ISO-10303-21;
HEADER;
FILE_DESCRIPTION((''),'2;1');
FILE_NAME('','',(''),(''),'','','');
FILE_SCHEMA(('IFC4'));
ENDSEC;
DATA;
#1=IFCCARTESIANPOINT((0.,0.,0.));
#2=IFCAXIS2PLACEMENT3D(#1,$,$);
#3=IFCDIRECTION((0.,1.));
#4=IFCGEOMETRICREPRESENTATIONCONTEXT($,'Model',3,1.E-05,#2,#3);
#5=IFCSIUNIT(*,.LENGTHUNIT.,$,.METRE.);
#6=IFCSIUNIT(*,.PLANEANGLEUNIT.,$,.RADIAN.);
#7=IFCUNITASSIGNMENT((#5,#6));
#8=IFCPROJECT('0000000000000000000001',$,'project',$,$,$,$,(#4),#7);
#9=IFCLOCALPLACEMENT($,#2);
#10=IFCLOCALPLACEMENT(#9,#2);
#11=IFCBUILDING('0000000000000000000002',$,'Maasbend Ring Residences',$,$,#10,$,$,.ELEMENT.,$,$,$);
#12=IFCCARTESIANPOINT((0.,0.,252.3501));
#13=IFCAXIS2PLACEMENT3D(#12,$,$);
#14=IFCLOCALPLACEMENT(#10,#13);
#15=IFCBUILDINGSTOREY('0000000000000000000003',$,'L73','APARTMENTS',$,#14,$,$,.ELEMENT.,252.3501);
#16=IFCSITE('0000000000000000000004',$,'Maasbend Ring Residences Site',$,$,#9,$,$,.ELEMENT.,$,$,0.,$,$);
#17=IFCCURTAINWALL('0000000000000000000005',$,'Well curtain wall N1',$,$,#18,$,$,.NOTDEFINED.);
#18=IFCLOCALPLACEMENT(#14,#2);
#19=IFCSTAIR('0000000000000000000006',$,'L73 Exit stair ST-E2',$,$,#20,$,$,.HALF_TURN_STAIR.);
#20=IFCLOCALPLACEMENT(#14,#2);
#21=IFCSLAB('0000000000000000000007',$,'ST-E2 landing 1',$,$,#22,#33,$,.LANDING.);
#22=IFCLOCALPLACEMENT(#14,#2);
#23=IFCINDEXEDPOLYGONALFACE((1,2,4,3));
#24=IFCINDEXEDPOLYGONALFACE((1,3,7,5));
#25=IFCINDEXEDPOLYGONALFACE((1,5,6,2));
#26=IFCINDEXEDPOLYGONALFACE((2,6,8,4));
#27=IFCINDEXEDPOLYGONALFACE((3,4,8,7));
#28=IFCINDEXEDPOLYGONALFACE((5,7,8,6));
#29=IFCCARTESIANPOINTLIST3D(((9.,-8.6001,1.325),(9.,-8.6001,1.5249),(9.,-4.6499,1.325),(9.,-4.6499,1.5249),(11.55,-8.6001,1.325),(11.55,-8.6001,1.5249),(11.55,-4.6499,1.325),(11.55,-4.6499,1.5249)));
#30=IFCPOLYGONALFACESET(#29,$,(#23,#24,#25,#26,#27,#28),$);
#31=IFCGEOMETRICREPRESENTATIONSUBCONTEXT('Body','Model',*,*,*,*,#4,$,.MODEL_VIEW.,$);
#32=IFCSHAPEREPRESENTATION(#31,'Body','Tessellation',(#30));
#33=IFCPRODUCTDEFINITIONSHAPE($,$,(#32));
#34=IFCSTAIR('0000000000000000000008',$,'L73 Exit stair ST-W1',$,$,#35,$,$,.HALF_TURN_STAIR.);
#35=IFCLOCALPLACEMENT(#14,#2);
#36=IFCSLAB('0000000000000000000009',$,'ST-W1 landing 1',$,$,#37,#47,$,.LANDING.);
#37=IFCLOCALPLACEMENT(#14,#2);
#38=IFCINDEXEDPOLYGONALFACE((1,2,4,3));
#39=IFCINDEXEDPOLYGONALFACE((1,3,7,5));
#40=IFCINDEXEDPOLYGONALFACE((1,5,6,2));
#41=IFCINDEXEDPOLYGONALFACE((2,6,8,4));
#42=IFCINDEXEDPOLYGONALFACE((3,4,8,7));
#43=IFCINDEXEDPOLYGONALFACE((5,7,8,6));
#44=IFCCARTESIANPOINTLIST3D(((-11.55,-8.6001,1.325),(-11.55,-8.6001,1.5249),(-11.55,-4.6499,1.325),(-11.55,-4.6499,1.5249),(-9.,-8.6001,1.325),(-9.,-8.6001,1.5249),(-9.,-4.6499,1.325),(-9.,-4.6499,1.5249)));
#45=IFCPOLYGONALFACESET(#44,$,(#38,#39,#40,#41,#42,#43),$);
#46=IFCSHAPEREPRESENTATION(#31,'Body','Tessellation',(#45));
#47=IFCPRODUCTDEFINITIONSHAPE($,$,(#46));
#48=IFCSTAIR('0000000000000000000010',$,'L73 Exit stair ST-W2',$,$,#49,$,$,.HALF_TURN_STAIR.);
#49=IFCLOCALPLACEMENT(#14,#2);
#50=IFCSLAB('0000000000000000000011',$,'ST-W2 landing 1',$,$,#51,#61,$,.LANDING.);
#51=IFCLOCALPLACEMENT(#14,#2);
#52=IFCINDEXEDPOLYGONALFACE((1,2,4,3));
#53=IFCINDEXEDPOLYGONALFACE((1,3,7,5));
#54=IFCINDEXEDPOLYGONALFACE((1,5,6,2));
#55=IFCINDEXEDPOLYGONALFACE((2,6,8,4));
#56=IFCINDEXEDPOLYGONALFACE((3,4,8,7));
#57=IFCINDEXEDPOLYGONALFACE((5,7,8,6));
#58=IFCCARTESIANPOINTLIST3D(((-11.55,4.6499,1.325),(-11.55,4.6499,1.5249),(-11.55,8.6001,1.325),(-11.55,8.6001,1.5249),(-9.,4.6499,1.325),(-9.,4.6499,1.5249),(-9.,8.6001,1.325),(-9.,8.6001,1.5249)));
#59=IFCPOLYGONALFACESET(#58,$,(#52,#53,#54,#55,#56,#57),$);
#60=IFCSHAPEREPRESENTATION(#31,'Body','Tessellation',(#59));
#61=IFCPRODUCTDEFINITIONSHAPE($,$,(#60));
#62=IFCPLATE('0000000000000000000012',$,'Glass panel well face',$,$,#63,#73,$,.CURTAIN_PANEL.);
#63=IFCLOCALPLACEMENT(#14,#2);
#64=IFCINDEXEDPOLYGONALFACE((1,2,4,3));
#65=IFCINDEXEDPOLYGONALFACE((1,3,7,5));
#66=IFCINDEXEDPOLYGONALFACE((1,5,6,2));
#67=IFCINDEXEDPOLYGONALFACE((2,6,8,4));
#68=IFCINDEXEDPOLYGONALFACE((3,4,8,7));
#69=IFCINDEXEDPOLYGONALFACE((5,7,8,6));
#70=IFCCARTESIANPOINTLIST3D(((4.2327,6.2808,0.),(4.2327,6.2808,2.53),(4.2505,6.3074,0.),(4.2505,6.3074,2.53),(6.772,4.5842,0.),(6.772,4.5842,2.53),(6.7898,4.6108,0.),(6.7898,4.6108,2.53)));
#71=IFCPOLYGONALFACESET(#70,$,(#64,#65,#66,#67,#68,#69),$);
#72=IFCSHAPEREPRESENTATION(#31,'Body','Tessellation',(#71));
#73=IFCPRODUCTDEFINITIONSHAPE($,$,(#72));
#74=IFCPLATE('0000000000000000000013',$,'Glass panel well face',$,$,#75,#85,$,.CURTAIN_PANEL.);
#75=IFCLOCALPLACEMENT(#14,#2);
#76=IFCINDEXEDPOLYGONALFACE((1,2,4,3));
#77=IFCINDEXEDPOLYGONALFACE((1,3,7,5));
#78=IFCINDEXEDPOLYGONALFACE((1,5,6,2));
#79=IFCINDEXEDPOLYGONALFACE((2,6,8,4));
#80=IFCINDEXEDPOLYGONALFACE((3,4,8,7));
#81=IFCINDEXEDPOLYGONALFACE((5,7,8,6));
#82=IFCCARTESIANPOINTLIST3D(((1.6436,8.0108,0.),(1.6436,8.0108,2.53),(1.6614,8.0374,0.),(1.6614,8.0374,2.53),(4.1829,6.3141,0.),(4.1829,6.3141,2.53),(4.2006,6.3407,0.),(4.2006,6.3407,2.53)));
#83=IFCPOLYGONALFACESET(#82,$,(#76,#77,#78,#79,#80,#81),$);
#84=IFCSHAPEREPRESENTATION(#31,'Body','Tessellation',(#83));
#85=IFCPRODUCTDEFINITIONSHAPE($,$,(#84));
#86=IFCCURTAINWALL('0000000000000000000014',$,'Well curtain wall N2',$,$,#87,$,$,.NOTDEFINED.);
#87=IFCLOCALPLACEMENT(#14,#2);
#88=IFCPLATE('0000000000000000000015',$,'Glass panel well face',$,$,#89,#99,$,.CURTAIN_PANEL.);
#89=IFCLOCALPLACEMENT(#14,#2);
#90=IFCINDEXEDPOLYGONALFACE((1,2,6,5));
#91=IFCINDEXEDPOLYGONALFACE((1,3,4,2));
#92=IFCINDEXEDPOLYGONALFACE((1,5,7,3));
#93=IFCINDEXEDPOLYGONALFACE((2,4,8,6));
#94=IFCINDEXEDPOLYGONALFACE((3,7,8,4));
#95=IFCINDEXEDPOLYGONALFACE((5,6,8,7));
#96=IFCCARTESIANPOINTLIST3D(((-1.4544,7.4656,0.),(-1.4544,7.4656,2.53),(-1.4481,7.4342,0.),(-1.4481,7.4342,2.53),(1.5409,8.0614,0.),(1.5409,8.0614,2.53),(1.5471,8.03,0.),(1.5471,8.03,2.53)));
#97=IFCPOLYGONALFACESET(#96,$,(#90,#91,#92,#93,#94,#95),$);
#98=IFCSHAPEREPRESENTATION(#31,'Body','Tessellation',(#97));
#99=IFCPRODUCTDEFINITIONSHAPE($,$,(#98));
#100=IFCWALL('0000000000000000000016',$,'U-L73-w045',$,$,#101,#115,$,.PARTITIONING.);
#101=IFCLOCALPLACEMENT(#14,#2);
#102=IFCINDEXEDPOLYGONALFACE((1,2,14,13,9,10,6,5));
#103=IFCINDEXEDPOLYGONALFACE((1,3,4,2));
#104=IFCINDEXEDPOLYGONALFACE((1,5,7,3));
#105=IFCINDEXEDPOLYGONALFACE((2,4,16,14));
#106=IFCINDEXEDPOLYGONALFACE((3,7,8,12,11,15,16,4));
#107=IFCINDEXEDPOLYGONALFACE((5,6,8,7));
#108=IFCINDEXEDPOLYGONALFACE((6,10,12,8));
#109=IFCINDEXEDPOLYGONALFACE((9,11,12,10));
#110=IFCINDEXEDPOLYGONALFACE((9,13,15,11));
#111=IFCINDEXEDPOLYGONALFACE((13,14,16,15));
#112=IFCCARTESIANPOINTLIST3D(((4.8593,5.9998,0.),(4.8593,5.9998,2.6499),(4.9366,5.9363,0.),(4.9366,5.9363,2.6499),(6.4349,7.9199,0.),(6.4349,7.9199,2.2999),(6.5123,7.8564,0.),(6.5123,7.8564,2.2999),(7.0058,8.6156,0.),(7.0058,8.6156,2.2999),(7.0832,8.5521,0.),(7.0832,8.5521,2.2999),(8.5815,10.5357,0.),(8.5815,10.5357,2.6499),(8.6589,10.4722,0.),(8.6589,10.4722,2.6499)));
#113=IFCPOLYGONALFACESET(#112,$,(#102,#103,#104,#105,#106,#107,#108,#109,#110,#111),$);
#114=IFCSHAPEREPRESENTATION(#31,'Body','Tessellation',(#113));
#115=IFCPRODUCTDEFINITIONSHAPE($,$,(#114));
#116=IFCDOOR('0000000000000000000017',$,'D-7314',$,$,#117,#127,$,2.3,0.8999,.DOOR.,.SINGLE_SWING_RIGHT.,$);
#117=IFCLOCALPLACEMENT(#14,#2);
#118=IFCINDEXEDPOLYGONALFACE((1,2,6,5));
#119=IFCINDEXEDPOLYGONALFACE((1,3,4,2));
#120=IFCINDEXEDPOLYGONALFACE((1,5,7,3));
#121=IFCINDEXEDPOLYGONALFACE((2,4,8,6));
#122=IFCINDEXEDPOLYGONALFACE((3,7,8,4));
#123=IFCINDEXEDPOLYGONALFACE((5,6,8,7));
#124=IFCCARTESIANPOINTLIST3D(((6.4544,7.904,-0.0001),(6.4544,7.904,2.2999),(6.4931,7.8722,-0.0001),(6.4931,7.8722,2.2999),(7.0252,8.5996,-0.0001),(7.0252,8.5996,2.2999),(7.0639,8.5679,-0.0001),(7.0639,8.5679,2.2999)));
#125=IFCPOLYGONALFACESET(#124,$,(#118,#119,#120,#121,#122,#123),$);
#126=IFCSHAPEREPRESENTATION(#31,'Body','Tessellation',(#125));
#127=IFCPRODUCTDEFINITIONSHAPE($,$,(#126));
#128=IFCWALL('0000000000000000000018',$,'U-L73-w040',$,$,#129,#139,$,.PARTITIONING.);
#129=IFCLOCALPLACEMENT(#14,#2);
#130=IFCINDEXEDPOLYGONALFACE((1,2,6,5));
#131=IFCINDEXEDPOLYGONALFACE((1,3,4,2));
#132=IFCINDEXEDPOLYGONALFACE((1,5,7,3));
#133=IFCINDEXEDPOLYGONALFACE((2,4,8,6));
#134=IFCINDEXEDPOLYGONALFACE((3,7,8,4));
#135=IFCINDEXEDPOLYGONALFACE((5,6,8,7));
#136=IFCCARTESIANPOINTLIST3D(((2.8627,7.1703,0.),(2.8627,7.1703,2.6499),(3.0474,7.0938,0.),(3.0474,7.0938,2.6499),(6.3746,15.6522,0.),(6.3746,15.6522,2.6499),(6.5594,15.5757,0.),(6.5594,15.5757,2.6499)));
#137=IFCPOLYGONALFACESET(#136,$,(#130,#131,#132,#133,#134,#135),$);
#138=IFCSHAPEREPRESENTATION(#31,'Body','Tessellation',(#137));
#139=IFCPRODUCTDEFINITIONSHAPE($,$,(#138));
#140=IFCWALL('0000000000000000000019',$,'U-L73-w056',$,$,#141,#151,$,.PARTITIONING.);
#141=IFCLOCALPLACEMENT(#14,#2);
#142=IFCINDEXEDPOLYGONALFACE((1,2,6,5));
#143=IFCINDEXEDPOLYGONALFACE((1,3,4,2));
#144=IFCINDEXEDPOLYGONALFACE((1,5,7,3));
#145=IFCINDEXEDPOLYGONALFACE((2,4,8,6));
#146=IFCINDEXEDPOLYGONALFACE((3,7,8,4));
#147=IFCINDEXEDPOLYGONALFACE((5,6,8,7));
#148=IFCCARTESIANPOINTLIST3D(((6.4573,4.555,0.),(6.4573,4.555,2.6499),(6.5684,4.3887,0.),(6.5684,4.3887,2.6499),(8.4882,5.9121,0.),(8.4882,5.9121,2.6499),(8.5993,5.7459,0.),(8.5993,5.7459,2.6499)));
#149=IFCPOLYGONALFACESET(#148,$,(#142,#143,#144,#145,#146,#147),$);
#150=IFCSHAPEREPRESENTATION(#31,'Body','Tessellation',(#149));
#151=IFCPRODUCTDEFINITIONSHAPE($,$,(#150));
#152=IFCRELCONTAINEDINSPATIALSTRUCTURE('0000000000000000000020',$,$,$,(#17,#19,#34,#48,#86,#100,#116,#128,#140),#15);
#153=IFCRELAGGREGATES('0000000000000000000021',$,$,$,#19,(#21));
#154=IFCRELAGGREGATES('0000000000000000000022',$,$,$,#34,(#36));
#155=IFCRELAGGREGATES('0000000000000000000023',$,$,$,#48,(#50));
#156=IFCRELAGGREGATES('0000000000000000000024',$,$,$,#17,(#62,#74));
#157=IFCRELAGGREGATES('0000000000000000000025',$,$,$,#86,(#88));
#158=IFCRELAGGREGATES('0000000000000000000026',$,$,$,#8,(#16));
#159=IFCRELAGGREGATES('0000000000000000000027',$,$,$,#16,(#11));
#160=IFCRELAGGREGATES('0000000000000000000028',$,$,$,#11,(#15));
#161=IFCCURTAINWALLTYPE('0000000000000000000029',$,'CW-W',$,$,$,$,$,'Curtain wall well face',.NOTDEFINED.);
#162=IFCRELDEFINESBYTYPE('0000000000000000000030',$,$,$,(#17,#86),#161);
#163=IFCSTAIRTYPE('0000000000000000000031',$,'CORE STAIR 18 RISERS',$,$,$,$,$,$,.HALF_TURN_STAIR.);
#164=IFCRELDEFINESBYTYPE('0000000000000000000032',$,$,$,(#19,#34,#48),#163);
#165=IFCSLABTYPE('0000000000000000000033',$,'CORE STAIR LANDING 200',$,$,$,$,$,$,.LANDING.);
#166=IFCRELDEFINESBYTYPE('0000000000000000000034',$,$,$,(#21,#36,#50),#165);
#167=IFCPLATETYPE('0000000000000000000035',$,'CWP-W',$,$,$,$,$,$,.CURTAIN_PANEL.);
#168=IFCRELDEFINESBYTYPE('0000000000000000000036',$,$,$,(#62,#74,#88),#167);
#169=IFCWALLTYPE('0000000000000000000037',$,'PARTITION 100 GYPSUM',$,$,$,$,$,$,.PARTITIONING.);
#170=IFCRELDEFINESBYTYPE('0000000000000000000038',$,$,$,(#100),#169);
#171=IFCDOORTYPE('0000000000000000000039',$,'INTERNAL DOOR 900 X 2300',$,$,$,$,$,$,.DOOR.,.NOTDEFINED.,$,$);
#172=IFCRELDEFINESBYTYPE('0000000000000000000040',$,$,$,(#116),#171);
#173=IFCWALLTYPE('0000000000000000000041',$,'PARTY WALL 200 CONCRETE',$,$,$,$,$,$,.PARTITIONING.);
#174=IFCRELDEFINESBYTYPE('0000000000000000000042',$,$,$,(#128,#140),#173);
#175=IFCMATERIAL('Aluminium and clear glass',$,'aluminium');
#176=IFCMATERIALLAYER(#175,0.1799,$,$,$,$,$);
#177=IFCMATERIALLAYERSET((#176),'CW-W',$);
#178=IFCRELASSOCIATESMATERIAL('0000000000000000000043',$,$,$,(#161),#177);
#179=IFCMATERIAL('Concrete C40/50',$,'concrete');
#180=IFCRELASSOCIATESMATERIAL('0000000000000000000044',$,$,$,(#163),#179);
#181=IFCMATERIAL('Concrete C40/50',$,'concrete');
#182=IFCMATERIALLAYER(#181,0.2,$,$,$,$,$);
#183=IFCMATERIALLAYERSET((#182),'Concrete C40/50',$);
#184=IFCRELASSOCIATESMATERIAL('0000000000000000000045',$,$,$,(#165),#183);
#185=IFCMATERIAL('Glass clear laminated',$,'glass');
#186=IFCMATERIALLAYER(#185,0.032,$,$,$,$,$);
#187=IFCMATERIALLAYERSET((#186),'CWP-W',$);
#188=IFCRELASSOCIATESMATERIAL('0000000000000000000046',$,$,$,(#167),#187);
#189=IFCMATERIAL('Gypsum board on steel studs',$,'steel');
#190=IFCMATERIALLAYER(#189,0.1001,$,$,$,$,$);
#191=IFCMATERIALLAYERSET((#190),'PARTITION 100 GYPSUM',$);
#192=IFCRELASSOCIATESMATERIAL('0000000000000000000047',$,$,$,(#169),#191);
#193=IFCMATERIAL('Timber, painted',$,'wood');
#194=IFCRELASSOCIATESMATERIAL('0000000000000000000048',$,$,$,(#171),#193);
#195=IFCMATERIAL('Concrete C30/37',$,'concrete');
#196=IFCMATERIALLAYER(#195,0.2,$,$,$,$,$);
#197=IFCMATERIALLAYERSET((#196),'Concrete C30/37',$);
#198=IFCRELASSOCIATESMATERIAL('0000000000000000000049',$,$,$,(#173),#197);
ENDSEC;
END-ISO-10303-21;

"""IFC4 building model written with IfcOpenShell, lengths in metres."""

from ifc_helpers import new_model, si_unit, direction, frame, frame_2d, origin, origin_2d, place, context, subcontext, project, spatial, polyline, rectangle, outline, extrude, material, layer, layer_set, type_object, element, fill, aggregate, save


model = new_model("IFC4")

# Units and contexts
model_context = context("Model", 3, precision=1e-05, world=origin(), true_north=direction((0.0, 1.0)))
body_context = subcontext(model_context, "Body", "Model", "MODEL_VIEW")
ifc_project = project(units=[si_unit("LENGTHUNIT", "METRE"), si_unit("PLANEANGLEUNIT", "RADIAN")], contexts=[model_context])

# Site, building, storey
site_placement = place(None, origin())
site = spatial("IfcSite", under=ifc_project, at=site_placement, Name="Maasbend Ring Residences Site", CompositionType="ELEMENT", RefElevation=0.0)
building_placement = place(site_placement, origin())
building = spatial("IfcBuilding", under=site, at=building_placement, Name="Maasbend Ring Residences", CompositionType="ELEMENT")
storey_placement = place(building_placement, frame((0.0, 0.0, 252.3501)))
storey = spatial("IfcBuildingStorey", under=building, at=storey_placement, Name="L73", Description="APARTMENTS", CompositionType="ELEMENT", Elevation=252.3501)

# Curtain wall
ifc_material_1 = material(Name="Aluminium and clear glass", Category="aluminium")
ifc_layer_1 = layer(ifc_material_1, 0.1799)
ifc_layer_set_1 = layer_set([ifc_layer_1], Name="CW-W")
curtain_wall_type = type_object("IfcCurtainWallType", Name="CW-W", ElementType="Curtain wall well face", PredefinedType="NOTDEFINED", material=ifc_layer_set_1)
curtain_wall_1_placement = place(storey_placement, origin())
curtain_wall_1 = element("IfcCurtainWall", 1, at=curtain_wall_1_placement, inside=storey, type_object=curtain_wall_type, Name="Well curtain wall N1", PredefinedType="NOTDEFINED")

# Stairs, slabs
ifc_material_2 = material(Name="Concrete C40/50", Category="concrete")
stair_type = type_object("IfcStairType", Name="CORE STAIR 18 RISERS", PredefinedType="HALF_TURN_STAIR", material=ifc_material_2)
ifc_material_3 = material(Name="Concrete C40/50", Category="concrete")
ifc_layer_2 = layer(ifc_material_3, 0.2)
ifc_layer_set_2 = layer_set([ifc_layer_2], Name="Concrete C40/50")
slab_type = type_object("IfcSlabType", Name="CORE STAIR LANDING 200", PredefinedType="LANDING", material=ifc_layer_set_2)
stair_1_placement = place(storey_placement, origin())
stair_1 = element("IfcStair", 2, at=stair_1_placement, inside=storey, type_object=stair_type, Name="L73 Exit stair ST-E2", PredefinedType="HALF_TURN_STAIR")
slab_1_placement = place(storey_placement, frame((0.0, 0.0, 1.325)))
slab_1 = element("IfcSlab", 3, at=slab_1_placement, type_object=slab_type, Name="ST-E2 landing 1", PredefinedType="LANDING", context=body_context, shape_type="SweptSolid", body=[
    extrude(outline(polyline([(11.55, -4.6499), (9.0, -4.6499), (9.0, -8.6001), (11.55, -8.6001), (11.55, -4.6499)])), origin(), (0.0, 0.0, 1.0), 0.2),
])
aggregate(stair_1, [slab_1])
stair_2_placement = place(storey_placement, origin())
stair_2 = element("IfcStair", 4, at=stair_2_placement, inside=storey, type_object=stair_type, Name="L73 Exit stair ST-W1", PredefinedType="HALF_TURN_STAIR")
slab_2_placement = place(storey_placement, frame((0.0, 0.0, 1.325)))
slab_2 = element("IfcSlab", 5, at=slab_2_placement, type_object=slab_type, Name="ST-W1 landing 1", PredefinedType="LANDING", context=body_context, shape_type="SweptSolid", body=[
    extrude(outline(polyline([(-11.55, -8.6001), (-9.0, -8.6001), (-9.0, -4.6499), (-11.55, -4.6499), (-11.55, -8.6001)])), origin(), (0.0, 0.0, 1.0), 0.2),
])
aggregate(stair_2, [slab_2])
stair_3_placement = place(storey_placement, origin())
stair_3 = element("IfcStair", 6, at=stair_3_placement, inside=storey, type_object=stair_type, Name="L73 Exit stair ST-W2", PredefinedType="HALF_TURN_STAIR")
slab_3_placement = place(storey_placement, frame((0.0, 0.0, 1.325)))
slab_3 = element("IfcSlab", 7, at=slab_3_placement, type_object=slab_type, Name="ST-W2 landing 1", PredefinedType="LANDING", context=body_context, shape_type="SweptSolid", body=[
    extrude(outline(polyline([(-11.55, 4.6499), (-9.0, 4.6499), (-9.0, 8.6001), (-11.55, 8.6001), (-11.55, 4.6499)])), origin(), (0.0, 0.0, 1.0), 0.2),
])
aggregate(stair_3, [slab_3])

# Plates
ifc_material_4 = material(Name="Glass clear laminated", Category="glass")
ifc_layer_3 = layer(ifc_material_4, 0.032)
ifc_layer_set_3 = layer_set([ifc_layer_3], Name="CWP-W")
plate_type = type_object("IfcPlateType", Name="CWP-W", PredefinedType="CURTAIN_PANEL", material=ifc_layer_set_3)
plate_1_placement = place(storey_placement, frame((5.5112, 5.4458, 0.0), z_axis=(0.0, 0.0, 1.0), x_axis=(-0.83147, 0.55557, 0.0)))
plate_1 = element("IfcPlate", 8, at=plate_1_placement, type_object=plate_type, Name="Glass panel well face", PredefinedType="CURTAIN_PANEL", context=body_context, shape_type="SweptSolid", body=[
    extrude(rectangle(XDim=3.054, YDim=0.032, at=origin_2d()), origin(), (0.0, 0.0, 1.0), 2.53),
])
plate_2_placement = place(storey_placement, frame((2.9221, 7.1758, 0.0), z_axis=(0.0, 0.0, 1.0), x_axis=(-0.83147, 0.55557, 0.0)))
plate_2 = element("IfcPlate", 9, at=plate_2_placement, type_object=plate_type, Name="Glass panel well face", PredefinedType="CURTAIN_PANEL", context=body_context, shape_type="SweptSolid", body=[
    extrude(rectangle(XDim=3.054, YDim=0.032, at=origin_2d()), origin(), (0.0, 0.0, 1.0), 2.53),
])
aggregate(curtain_wall_1, [plate_1, plate_2])

# Curtain wall, plate
curtain_wall_2_placement = place(storey_placement, origin())
curtain_wall_2 = element("IfcCurtainWall", 10, at=curtain_wall_2_placement, inside=storey, type_object=curtain_wall_type, Name="Well curtain wall N2", PredefinedType="NOTDEFINED")
plate_3_placement = place(storey_placement, frame((0.0464, 7.7478, 0.0), z_axis=(0.0, 0.0, 1.0), x_axis=(-0.980785, -0.19509, 0.0)))
plate_3 = element("IfcPlate", 11, at=plate_3_placement, type_object=plate_type, Name="Glass panel well face", PredefinedType="CURTAIN_PANEL", context=body_context, shape_type="SweptSolid", body=[
    extrude(rectangle(XDim=3.054, YDim=0.032, at=origin_2d()), origin(), (0.0, 0.0, 1.0), 2.53),
])
aggregate(curtain_wall_2, [plate_3])

# Wall, opening, door
ifc_material_5 = material(Name="Gypsum board on steel studs", Category="steel")
ifc_layer_4 = layer(ifc_material_5, 0.1001)
ifc_layer_set_4 = layer_set([ifc_layer_4], Name="PARTITION 100 GYPSUM")
wall_type_1 = type_object("IfcWallType", Name="PARTITION 100 GYPSUM", PredefinedType="PARTITIONING", material=ifc_layer_set_4)
wall_1_placement = place(storey_placement, frame((4.8979, 5.968, 0.0), z_axis=(0.0, 0.0, 1.0), x_axis=(0.634359, 0.773039, 0.0)))
wall_1 = element("IfcWall", 12, at=wall_1_placement, inside=storey, type_object=wall_type_1, Name="U-L73-w045", PredefinedType="PARTITIONING", context=body_context, shape_type="SweptSolid", body=[
    extrude(rectangle(XDim=5.8677, YDim=0.1001, at=frame_2d((2.9338, 0.0))), origin(), (0.0, 0.0, 1.0), 2.6499),
])
opening_placement = place(wall_1_placement, frame((2.4839, 0.0, 0.0)))
opening = element("IfcOpeningElement", 13, at=opening_placement, cuts=wall_1, PredefinedType="OPENING", context=body_context, shape_type="SweptSolid", body=[
    extrude(rectangle(XDim=0.8999, YDim=2.3, at=frame_2d((0.45, 1.1499))), frame((0.0, 0.0601, 0.0), z_axis=(0.0, -1.0, 0.0), x_axis=(1.0, 0.0, 0.0)), (0.0, 0.0, 1.0), 0.1201),
])
ifc_material_6 = material(Name="Timber, painted", Category="wood")
door_type = type_object("IfcDoorType", Name="INTERNAL DOOR 900 X 2300", OperationType="NOTDEFINED", PredefinedType="DOOR", material=ifc_material_6)
door_placement = place(opening_placement, origin())
door = element("IfcDoor", 14, at=door_placement, inside=storey, type_object=door_type, Name="D-7314", OperationType="SINGLE_SWING_RIGHT", OverallHeight=2.3, OverallWidth=0.8999, PredefinedType="DOOR", context=body_context, shape_type="SweptSolid", body=[
    extrude(rectangle(XDim=0.8999, YDim=2.3, at=frame_2d((0.45, 1.1499))), frame((0.0, 0.0249, 0.0), z_axis=(0.0, -1.0, 0.0), x_axis=(1.0, 0.0, 0.0)), (0.0, 0.0, 1.0), 0.05),
])
fill(opening, door)

# Walls
ifc_material_7 = material(Name="Concrete C30/37", Category="concrete")
ifc_layer_5 = layer(ifc_material_7, 0.2)
ifc_layer_set_5 = layer_set([ifc_layer_5], Name="Concrete C30/37")
wall_type_2 = type_object("IfcWallType", Name="PARTY WALL 200 CONCRETE", PredefinedType="PARTITIONING", material=ifc_layer_set_5)
wall_2_placement = place(storey_placement, frame((2.9551, 7.1321, 0.0), z_axis=(0.0, 0.0, 1.0), x_axis=(0.382556, 0.923932, 0.0)))
element("IfcWall", 15, at=wall_2_placement, inside=storey, type_object=wall_type_2, Name="U-L73-w040", PredefinedType="PARTITIONING", context=body_context, shape_type="SweptSolid", body=[
    extrude(rectangle(XDim=9.1802, YDim=0.2, at=frame_2d((4.5901, 0.0))), origin(), (0.0, 0.0, 1.0), 2.6499),
])
wall_3_placement = place(storey_placement, frame((6.5129, 4.4719, 0.0), z_axis=(0.0, 0.0, 1.0), x_axis=(0.83145, 0.555599, 0.0)))
element("IfcWall", 16, at=wall_3_placement, inside=storey, type_object=wall_type_2, Name="U-L73-w056", PredefinedType="PARTITIONING", context=body_context, shape_type="SweptSolid", body=[
    extrude(rectangle(XDim=2.4426, YDim=0.2, at=frame_2d((1.2212, 0.0))), origin(), (0.0, 0.0, 1.0), 2.6499),
])

save(model, "model.ifc")
